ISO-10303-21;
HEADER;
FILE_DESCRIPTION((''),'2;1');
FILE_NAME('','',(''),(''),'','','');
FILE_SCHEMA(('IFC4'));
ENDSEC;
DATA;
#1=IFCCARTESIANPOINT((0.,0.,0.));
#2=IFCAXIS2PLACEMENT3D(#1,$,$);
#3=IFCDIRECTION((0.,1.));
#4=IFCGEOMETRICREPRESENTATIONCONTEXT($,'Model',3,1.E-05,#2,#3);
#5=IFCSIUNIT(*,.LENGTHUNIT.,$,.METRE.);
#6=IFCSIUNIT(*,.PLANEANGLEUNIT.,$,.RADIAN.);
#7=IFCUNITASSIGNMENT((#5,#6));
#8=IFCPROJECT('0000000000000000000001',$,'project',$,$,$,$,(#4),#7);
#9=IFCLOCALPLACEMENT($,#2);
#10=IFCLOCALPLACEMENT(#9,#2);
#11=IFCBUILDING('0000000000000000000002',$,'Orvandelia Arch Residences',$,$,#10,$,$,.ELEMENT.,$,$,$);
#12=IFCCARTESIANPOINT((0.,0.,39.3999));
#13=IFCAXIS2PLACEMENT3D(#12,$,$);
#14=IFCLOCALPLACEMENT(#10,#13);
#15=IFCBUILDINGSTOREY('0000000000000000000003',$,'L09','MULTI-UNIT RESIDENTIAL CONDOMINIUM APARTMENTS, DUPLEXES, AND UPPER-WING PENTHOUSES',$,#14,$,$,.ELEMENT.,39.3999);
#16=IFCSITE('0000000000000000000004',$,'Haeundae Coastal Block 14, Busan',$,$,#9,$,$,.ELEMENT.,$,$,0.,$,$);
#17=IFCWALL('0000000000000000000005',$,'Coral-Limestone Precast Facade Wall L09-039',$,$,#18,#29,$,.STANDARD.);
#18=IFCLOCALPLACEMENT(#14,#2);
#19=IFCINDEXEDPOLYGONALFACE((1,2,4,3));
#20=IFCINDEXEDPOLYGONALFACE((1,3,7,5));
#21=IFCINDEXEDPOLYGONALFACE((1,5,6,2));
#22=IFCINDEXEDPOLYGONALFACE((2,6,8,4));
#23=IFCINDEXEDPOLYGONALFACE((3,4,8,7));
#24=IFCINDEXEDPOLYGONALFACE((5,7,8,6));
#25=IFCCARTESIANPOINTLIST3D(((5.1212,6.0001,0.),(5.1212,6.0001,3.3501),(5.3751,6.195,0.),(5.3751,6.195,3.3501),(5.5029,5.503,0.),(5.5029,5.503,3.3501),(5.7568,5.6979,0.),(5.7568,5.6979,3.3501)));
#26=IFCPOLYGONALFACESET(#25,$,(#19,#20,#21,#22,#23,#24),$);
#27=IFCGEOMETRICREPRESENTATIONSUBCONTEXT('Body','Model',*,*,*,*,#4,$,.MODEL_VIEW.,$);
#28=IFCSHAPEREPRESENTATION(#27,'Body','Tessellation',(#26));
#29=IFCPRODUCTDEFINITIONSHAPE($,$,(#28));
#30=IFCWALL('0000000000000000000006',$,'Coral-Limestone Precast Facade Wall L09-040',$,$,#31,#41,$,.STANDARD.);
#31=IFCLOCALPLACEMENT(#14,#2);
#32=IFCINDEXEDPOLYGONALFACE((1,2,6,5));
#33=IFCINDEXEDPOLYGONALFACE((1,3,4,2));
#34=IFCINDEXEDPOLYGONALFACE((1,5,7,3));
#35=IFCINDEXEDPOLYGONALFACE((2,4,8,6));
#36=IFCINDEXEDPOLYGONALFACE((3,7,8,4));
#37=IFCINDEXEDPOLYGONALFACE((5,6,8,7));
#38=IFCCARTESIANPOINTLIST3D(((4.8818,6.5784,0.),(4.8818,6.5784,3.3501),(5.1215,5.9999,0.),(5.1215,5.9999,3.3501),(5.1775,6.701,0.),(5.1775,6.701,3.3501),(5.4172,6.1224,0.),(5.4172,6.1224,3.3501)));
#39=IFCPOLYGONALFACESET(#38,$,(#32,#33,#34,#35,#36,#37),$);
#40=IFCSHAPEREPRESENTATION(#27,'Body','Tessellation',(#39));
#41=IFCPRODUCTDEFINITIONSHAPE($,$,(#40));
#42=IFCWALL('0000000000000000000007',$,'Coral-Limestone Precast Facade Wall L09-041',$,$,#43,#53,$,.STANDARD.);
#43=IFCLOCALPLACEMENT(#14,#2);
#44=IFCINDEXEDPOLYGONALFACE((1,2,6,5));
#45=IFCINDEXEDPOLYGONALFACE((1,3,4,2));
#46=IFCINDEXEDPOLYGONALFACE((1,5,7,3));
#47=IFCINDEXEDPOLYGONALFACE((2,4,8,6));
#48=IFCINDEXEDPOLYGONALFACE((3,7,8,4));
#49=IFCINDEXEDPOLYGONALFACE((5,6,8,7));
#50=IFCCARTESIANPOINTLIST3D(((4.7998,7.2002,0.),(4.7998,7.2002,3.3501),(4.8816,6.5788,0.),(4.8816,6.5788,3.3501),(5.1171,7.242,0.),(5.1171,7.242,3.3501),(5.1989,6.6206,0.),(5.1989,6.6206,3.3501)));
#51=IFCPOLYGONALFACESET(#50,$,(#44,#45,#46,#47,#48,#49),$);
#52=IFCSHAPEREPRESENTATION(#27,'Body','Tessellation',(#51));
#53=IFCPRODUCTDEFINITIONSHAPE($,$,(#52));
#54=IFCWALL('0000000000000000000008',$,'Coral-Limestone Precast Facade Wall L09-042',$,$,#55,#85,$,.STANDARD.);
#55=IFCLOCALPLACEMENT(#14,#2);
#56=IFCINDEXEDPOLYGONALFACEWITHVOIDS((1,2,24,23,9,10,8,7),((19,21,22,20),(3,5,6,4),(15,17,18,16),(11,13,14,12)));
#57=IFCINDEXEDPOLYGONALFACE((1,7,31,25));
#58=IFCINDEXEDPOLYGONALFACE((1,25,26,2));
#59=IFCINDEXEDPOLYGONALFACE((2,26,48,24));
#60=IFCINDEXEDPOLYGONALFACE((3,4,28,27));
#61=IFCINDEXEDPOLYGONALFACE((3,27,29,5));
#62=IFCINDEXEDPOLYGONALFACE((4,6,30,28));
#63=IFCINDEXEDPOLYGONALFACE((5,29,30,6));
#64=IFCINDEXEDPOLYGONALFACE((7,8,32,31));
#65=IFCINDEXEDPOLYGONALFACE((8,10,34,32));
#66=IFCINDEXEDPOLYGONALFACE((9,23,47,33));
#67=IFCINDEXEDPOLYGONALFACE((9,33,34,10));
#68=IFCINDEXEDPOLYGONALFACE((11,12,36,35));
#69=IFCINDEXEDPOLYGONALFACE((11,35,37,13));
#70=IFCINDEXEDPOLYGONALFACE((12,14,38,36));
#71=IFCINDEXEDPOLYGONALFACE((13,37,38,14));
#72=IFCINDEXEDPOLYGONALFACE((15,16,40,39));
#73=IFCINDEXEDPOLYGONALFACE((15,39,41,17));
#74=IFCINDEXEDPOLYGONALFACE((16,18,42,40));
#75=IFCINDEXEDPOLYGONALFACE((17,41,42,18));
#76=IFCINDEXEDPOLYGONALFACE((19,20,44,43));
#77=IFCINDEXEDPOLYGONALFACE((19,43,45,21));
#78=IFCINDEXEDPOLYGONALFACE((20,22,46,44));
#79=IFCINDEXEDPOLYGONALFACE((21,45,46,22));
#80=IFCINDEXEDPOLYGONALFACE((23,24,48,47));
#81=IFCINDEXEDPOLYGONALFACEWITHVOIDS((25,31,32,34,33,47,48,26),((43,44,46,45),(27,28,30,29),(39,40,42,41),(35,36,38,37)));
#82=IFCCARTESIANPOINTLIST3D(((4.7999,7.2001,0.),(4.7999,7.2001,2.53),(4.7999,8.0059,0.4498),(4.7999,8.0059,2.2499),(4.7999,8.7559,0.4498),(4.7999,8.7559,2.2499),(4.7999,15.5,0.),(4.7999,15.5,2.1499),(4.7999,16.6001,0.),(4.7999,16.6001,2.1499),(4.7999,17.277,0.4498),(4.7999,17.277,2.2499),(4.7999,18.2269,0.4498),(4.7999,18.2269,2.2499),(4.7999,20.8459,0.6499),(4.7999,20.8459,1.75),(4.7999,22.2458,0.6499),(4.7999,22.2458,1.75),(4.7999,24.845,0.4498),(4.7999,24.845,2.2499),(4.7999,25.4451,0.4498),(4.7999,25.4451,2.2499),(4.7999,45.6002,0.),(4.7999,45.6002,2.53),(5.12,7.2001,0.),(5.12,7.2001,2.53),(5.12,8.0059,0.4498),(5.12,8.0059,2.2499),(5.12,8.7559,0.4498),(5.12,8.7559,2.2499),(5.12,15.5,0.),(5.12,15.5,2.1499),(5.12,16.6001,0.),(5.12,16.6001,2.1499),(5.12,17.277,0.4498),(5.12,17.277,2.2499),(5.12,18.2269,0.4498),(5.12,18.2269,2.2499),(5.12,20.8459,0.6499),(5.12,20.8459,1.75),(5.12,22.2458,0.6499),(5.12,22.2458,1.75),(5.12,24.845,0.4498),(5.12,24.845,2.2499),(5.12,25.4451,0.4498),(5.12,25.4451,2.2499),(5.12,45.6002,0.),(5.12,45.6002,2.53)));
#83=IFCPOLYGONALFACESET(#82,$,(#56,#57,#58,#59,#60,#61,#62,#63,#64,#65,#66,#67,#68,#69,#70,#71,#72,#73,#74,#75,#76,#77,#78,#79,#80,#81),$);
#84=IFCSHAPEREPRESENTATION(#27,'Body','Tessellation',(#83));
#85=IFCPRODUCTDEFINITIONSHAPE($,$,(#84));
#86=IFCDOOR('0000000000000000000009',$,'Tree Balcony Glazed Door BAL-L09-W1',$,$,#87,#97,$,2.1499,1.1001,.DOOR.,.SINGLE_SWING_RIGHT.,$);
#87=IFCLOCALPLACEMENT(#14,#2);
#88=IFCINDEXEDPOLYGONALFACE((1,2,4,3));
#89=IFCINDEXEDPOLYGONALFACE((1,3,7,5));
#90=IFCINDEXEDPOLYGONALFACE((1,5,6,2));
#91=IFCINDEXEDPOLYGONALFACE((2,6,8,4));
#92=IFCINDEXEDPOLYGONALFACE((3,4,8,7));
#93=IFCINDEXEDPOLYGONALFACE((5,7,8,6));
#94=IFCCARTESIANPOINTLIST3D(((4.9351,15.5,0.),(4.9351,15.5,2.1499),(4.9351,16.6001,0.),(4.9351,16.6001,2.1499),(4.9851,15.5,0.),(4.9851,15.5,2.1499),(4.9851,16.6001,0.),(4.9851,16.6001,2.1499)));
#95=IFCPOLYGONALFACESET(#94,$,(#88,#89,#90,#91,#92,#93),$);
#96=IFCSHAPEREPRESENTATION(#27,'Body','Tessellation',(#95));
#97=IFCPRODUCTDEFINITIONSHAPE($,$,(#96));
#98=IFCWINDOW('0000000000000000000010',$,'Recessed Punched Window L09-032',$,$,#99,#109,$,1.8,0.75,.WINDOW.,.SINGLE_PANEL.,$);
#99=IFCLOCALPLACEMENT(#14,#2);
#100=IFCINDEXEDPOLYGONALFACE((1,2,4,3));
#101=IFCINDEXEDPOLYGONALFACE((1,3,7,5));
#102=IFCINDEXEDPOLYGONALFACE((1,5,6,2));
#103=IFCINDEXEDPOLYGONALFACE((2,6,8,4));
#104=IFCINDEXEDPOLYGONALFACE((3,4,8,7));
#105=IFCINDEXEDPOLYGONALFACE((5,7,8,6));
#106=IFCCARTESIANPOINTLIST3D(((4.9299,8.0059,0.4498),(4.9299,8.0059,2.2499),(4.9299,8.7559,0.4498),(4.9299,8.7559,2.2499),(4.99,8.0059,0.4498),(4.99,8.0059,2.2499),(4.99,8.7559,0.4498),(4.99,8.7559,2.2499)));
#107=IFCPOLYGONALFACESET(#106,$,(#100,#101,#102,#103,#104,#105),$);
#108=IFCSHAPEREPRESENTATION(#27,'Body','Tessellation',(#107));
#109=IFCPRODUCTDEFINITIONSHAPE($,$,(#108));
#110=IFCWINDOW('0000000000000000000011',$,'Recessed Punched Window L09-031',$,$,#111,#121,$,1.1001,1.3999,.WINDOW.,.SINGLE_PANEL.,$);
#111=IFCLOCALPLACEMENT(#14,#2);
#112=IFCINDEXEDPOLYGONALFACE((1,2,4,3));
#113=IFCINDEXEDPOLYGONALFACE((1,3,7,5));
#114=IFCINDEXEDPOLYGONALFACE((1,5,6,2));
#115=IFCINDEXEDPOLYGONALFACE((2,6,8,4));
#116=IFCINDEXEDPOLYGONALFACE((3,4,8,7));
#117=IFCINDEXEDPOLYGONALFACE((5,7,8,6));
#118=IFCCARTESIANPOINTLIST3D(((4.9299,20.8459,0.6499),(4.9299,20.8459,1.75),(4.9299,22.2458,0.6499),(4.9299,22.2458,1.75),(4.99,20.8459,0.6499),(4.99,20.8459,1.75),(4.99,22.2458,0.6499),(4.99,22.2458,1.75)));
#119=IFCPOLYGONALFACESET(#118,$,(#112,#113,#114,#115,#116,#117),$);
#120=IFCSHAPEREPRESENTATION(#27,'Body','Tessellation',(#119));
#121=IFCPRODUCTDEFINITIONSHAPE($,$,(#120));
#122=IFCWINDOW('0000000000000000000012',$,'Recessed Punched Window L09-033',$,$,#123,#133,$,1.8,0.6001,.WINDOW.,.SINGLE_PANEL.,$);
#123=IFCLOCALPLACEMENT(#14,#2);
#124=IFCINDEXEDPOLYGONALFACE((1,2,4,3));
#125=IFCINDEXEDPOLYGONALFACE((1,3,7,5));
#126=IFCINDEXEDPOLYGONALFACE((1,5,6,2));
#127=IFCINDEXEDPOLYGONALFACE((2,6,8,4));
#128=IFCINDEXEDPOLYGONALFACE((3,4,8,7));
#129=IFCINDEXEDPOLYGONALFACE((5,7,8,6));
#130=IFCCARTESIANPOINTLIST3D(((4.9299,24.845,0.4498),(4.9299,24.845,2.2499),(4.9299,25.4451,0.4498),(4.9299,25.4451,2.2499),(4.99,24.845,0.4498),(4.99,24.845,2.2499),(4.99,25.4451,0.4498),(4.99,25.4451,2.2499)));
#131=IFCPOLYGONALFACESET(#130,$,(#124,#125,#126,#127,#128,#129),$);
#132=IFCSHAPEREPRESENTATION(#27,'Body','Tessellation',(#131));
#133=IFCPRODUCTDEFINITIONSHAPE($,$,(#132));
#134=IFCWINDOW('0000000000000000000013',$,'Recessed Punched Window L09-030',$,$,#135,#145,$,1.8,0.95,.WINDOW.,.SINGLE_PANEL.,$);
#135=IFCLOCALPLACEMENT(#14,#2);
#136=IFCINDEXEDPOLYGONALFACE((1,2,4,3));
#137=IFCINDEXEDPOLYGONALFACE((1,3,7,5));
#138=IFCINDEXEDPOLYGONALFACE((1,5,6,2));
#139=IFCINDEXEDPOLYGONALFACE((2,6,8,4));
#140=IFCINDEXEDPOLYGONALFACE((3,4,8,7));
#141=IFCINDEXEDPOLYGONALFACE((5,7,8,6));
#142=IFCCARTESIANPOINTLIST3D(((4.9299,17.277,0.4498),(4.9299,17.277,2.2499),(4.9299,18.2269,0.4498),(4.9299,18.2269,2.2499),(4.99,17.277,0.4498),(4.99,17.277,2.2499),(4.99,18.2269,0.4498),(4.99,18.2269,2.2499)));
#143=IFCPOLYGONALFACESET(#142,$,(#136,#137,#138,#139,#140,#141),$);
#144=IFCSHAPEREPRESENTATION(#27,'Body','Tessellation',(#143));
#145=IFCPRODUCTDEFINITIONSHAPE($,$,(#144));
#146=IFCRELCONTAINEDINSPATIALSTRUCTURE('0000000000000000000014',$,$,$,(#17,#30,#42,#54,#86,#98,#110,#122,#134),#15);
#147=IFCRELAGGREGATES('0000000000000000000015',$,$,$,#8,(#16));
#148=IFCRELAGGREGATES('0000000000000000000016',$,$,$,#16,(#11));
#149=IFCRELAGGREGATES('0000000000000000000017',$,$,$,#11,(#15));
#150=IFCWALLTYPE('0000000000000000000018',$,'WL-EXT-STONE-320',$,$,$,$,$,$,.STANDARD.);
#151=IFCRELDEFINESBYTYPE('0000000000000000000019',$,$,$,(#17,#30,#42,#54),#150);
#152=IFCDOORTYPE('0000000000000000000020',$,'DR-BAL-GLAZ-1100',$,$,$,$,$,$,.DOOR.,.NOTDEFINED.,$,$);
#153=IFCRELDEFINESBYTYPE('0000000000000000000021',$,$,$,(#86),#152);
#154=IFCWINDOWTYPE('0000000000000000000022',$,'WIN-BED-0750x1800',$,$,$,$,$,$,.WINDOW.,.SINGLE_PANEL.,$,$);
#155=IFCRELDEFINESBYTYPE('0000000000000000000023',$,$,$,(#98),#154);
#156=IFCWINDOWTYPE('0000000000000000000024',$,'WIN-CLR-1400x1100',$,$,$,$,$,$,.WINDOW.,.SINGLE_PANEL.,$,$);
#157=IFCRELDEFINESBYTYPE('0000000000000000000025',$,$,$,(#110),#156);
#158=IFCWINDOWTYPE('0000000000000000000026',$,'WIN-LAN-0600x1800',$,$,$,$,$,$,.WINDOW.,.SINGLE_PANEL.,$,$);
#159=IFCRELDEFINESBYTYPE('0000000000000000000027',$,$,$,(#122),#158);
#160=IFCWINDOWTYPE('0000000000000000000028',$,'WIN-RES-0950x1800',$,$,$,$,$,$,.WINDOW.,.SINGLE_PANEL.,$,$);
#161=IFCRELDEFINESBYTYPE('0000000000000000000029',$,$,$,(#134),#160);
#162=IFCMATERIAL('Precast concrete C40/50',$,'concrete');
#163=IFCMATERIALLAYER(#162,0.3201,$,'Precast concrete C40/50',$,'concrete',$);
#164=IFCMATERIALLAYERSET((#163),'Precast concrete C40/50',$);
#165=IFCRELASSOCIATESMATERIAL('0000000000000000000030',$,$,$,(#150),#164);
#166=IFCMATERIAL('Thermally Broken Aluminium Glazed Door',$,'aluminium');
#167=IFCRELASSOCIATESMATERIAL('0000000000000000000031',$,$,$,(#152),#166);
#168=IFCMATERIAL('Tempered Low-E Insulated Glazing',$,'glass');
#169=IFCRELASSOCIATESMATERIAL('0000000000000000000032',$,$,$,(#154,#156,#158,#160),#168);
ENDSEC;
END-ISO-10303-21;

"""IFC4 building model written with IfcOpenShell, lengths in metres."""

from ifc_helpers import new_model, si_unit, direction, frame, frame_2d, origin, place, context, subcontext, project, spatial, rectangle, extrude, material, layer, layer_set, type_object, element, fill, save


model = new_model("IFC4")

# Units and contexts
model_context = context("Model", 3, precision=1e-05, world=origin(), true_north=direction((0.0, 1.0)))
body_context = subcontext(model_context, "Body", "Model", "MODEL_VIEW")
ifc_project = project(units=[si_unit("LENGTHUNIT", "METRE"), si_unit("PLANEANGLEUNIT", "RADIAN")], contexts=[model_context])

# Site, building, storey
site_placement = place(None, origin())
site = spatial("IfcSite", under=ifc_project, at=site_placement, Name="Haeundae Coastal Block 14, Busan", CompositionType="ELEMENT", RefElevation=0.0)
building_placement = place(site_placement, origin())
building = spatial("IfcBuilding", under=site, at=building_placement, Name="Orvandelia Arch Residences", CompositionType="ELEMENT")
storey_placement = place(building_placement, frame((0.0, 0.0, 39.3999)))
storey = spatial("IfcBuildingStorey", under=building, at=storey_placement, Name="L09", Description="MULTI-UNIT RESIDENTIAL CONDOMINIUM APARTMENTS, DUPLEXES, AND UPPER-WING PENTHOUSES", CompositionType="ELEMENT", Elevation=39.3999)

# Shared definitions
ifc_material_1 = material(Name="Precast concrete C40/50", Category="concrete")

# Walls
ifc_layer_1 = layer(ifc_material_1, 0.3201, Name="Precast concrete C40/50", Category="concrete")
ifc_layer_set_1 = layer_set([ifc_layer_1], Name="Precast concrete C40/50")
wall_type_1 = type_object("IfcWallType", Name="WL-EXT-STONE-320", PredefinedType="STANDARD", material=ifc_layer_set_1)
for number, where, z_axis, x_axis, name in (
    (1, (5.6299, 5.6003, 0.0), (0.0, 0.0, 1.0), (-0.608939, 0.793217, 0.0), "Coral-Limestone Precast Facade Wall L09-039"),
):
    element("IfcWall", number, at=place(storey_placement, frame(where, z_axis=z_axis, x_axis=x_axis)), inside=storey, type_object=wall_type_1, Name=name, PredefinedType="STANDARD", context=body_context, shape_type="SweptSolid", body=[
        extrude(rectangle(XDim=0.6267, YDim=0.3201, at=frame_2d((0.3135, 0.0))), origin(), (0.0, 0.0, 1.0), 3.3501),
    ])
wall_1_placement = place(storey_placement, frame((5.2693, 6.0613, 0.0), z_axis=(0.0, 0.0, 1.0), x_axis=(-0.382788, 0.923836, 0.0)))
element("IfcWall", 2, at=wall_1_placement, inside=storey, type_object=wall_type_1, Name="Coral-Limestone Precast Facade Wall L09-040", PredefinedType="STANDARD", context=body_context, shape_type="SweptSolid", body=[
    extrude(rectangle(XDim=0.6262, YDim=0.3201, at=frame_2d((0.313, 0.0))), origin(), (0.0, 0.0, 1.0), 3.3501),
])
wall_2_placement = place(storey_placement, frame((5.0403, 6.5996, 0.0), z_axis=(0.0, 0.0, 1.0), x_axis=(-0.130505, 0.991448, 0.0)))
element("IfcWall", 3, at=wall_2_placement, inside=storey, type_object=wall_type_1, Name="Coral-Limestone Precast Facade Wall L09-041", PredefinedType="STANDARD", context=body_context, shape_type="SweptSolid", body=[
    extrude(rectangle(XDim=0.6267, YDim=0.3201, at=frame_2d((0.3135, 0.0))), origin(), (0.0, 0.0, 1.0), 3.3501),
])

# Wall, openings, door, windows
wall_3_placement = place(storey_placement, frame((4.96, 7.2, 0.0), z_axis=(0.0, 0.0, 1.0), x_axis=(0.0, 1.0, 0.0)))
wall_3 = element("IfcWall", 4, at=wall_3_placement, inside=storey, type_object=wall_type_1, Name="Coral-Limestone Precast Facade Wall L09-042", PredefinedType="STANDARD", context=body_context, shape_type="SweptSolid", body=[
    extrude(rectangle(XDim=38.4001, YDim=0.3201, at=frame_2d((19.2002, 0.0))), origin(), (0.0, 0.0, 1.0), 2.53),
])
opening_1_placement = place(wall_3_placement, frame((8.3, 0.0, 0.0)))
opening_1 = element("IfcOpeningElement", 5, at=opening_1_placement, cuts=wall_3, PredefinedType="OPENING", context=body_context, shape_type="SweptSolid", body=[
    extrude(rectangle(XDim=1.1001, YDim=2.1499, at=frame_2d((0.55, 1.075))), frame((0.0, 0.1699, 0.0), z_axis=(0.0, -1.0, 0.0), x_axis=(1.0, 0.0, 0.0)), (0.0, 0.0, 1.0), 0.3401),
])
opening_2_placement = place(wall_3_placement, frame((10.0769, 0.0, 0.45)))
opening_2 = element("IfcOpeningElement", 6, at=opening_2_placement, cuts=wall_3, PredefinedType="OPENING", context=body_context, shape_type="SweptSolid", body=[
    extrude(rectangle(XDim=0.95, YDim=1.8, at=frame_2d((0.4751, 0.8999))), frame((0.0, 0.1699, 0.0), z_axis=(0.0, -1.0, 0.0), x_axis=(1.0, 0.0, 0.0)), (0.0, 0.0, 1.0), 0.3401),
])
opening_3_placement = place(wall_3_placement, frame((13.646, 0.0, 0.6499)))
opening_3 = element("IfcOpeningElement", 7, at=opening_3_placement, cuts=wall_3, PredefinedType="OPENING", context=body_context, shape_type="SweptSolid", body=[
    extrude(rectangle(XDim=1.3999, YDim=1.1001, at=frame_2d((0.7, 0.55))), frame((0.0, 0.1699, 0.0), z_axis=(0.0, -1.0, 0.0), x_axis=(1.0, 0.0, 0.0)), (0.0, 0.0, 1.0), 0.3401),
])
opening_4_placement = place(wall_3_placement, frame((0.8059, 0.0, 0.45)))
opening_4 = element("IfcOpeningElement", 8, at=opening_4_placement, cuts=wall_3, PredefinedType="OPENING", context=body_context, shape_type="SweptSolid", body=[
    extrude(rectangle(XDim=0.75, YDim=1.8, at=frame_2d((0.375, 0.8999))), frame((0.0, 0.1699, 0.0), z_axis=(0.0, -1.0, 0.0), x_axis=(1.0, 0.0, 0.0)), (0.0, 0.0, 1.0), 0.3401),
])
opening_5_placement = place(wall_3_placement, frame((17.645, 0.0, 0.45)))
opening_5 = element("IfcOpeningElement", 9, at=opening_5_placement, cuts=wall_3, PredefinedType="OPENING", context=body_context, shape_type="SweptSolid", body=[
    extrude(rectangle(XDim=0.6001, YDim=1.8, at=frame_2d((0.3, 0.8999))), frame((0.0, 0.1699, 0.0), z_axis=(0.0, -1.0, 0.0), x_axis=(1.0, 0.0, 0.0)), (0.0, 0.0, 1.0), 0.3401),
])
ifc_material_2 = material(Name="Thermally Broken Aluminium Glazed Door", Category="aluminium")
door_type_1 = type_object("IfcDoorType", Name="DR-BAL-GLAZ-1100", OperationType="NOTDEFINED", PredefinedType="DOOR", material=ifc_material_2)
door_1_placement = place(opening_1_placement, origin())
door_1 = element("IfcDoor", 10, at=door_1_placement, inside=storey, type_object=door_type_1, Name="Tree Balcony Glazed Door BAL-L09-W1", OperationType="SINGLE_SWING_RIGHT", OverallHeight=2.1499, OverallWidth=1.1001, PredefinedType="DOOR", context=body_context, shape_type="SweptSolid", body=[
    extrude(rectangle(XDim=1.1001, YDim=2.1499, at=frame_2d((0.55, 1.075))), frame((0.0, 0.0249, 0.0), z_axis=(0.0, -1.0, 0.0), x_axis=(1.0, 0.0, 0.0)), (0.0, 0.0, 1.0), 0.05),
])
fill(opening_1, door_1)
ifc_material_3 = material(Name="Tempered Low-E Insulated Glazing", Category="glass")
window_type_1 = type_object("IfcWindowType", Name="WIN-BED-0750x1800", PartitioningType="SINGLE_PANEL", PredefinedType="WINDOW", material=ifc_material_3)
window_1_placement = place(opening_4_placement, origin())
window_1 = element("IfcWindow", 11, at=window_1_placement, inside=storey, type_object=window_type_1, Name="Recessed Punched Window L09-032", OverallHeight=1.8, OverallWidth=0.75, PartitioningType="SINGLE_PANEL", PredefinedType="WINDOW", context=body_context, shape_type="SweptSolid", body=[
    extrude(rectangle(XDim=0.75, YDim=1.8, at=frame_2d((0.375, 0.8999))), frame((0.0, 0.03, 0.0), z_axis=(0.0, -1.0, 0.0), x_axis=(1.0, 0.0, 0.0)), (0.0, 0.0, 1.0), 0.0601),
])
fill(opening_4, window_1)
window_type_2 = type_object("IfcWindowType", Name="WIN-CLR-1400x1100", PartitioningType="SINGLE_PANEL", PredefinedType="WINDOW", material=ifc_material_3)
window_2_placement = place(opening_3_placement, origin())
window_2 = element("IfcWindow", 12, at=window_2_placement, inside=storey, type_object=window_type_2, Name="Recessed Punched Window L09-031", OverallHeight=1.1001, OverallWidth=1.3999, PartitioningType="SINGLE_PANEL", PredefinedType="WINDOW", context=body_context, shape_type="SweptSolid", body=[
    extrude(rectangle(XDim=1.3999, YDim=1.1001, at=frame_2d((0.7, 0.55))), frame((0.0, 0.03, 0.0), z_axis=(0.0, -1.0, 0.0), x_axis=(1.0, 0.0, 0.0)), (0.0, 0.0, 1.0), 0.0601),
])
fill(opening_3, window_2)
window_type_3 = type_object("IfcWindowType", Name="WIN-LAN-0600x1800", PartitioningType="SINGLE_PANEL", PredefinedType="WINDOW", material=ifc_material_3)
window_3_placement = place(opening_5_placement, origin())
window_3 = element("IfcWindow", 13, at=window_3_placement, inside=storey, type_object=window_type_3, Name="Recessed Punched Window L09-033", OverallHeight=1.8, OverallWidth=0.6001, PartitioningType="SINGLE_PANEL", PredefinedType="WINDOW", context=body_context, shape_type="SweptSolid", body=[
    extrude(rectangle(XDim=0.6001, YDim=1.8, at=frame_2d((0.3, 0.8999))), frame((0.0, 0.03, 0.0), z_axis=(0.0, -1.0, 0.0), x_axis=(1.0, 0.0, 0.0)), (0.0, 0.0, 1.0), 0.0601),
])
fill(opening_5, window_3)
window_type_4 = type_object("IfcWindowType", Name="WIN-RES-0950x1800", PartitioningType="SINGLE_PANEL", PredefinedType="WINDOW", material=ifc_material_3)
window_4_placement = place(opening_2_placement, origin())
window_4 = element("IfcWindow", 14, at=window_4_placement, inside=storey, type_object=window_type_4, Name="Recessed Punched Window L09-030", OverallHeight=1.8, OverallWidth=0.95, PartitioningType="SINGLE_PANEL", PredefinedType="WINDOW", context=body_context, shape_type="SweptSolid", body=[
    extrude(rectangle(XDim=0.95, YDim=1.8, at=frame_2d((0.4751, 0.8999))), frame((0.0, 0.03, 0.0), z_axis=(0.0, -1.0, 0.0), x_axis=(1.0, 0.0, 0.0)), (0.0, 0.0, 1.0), 0.0601),
])
fill(opening_2, window_4)

save(model, "model.ifc")
